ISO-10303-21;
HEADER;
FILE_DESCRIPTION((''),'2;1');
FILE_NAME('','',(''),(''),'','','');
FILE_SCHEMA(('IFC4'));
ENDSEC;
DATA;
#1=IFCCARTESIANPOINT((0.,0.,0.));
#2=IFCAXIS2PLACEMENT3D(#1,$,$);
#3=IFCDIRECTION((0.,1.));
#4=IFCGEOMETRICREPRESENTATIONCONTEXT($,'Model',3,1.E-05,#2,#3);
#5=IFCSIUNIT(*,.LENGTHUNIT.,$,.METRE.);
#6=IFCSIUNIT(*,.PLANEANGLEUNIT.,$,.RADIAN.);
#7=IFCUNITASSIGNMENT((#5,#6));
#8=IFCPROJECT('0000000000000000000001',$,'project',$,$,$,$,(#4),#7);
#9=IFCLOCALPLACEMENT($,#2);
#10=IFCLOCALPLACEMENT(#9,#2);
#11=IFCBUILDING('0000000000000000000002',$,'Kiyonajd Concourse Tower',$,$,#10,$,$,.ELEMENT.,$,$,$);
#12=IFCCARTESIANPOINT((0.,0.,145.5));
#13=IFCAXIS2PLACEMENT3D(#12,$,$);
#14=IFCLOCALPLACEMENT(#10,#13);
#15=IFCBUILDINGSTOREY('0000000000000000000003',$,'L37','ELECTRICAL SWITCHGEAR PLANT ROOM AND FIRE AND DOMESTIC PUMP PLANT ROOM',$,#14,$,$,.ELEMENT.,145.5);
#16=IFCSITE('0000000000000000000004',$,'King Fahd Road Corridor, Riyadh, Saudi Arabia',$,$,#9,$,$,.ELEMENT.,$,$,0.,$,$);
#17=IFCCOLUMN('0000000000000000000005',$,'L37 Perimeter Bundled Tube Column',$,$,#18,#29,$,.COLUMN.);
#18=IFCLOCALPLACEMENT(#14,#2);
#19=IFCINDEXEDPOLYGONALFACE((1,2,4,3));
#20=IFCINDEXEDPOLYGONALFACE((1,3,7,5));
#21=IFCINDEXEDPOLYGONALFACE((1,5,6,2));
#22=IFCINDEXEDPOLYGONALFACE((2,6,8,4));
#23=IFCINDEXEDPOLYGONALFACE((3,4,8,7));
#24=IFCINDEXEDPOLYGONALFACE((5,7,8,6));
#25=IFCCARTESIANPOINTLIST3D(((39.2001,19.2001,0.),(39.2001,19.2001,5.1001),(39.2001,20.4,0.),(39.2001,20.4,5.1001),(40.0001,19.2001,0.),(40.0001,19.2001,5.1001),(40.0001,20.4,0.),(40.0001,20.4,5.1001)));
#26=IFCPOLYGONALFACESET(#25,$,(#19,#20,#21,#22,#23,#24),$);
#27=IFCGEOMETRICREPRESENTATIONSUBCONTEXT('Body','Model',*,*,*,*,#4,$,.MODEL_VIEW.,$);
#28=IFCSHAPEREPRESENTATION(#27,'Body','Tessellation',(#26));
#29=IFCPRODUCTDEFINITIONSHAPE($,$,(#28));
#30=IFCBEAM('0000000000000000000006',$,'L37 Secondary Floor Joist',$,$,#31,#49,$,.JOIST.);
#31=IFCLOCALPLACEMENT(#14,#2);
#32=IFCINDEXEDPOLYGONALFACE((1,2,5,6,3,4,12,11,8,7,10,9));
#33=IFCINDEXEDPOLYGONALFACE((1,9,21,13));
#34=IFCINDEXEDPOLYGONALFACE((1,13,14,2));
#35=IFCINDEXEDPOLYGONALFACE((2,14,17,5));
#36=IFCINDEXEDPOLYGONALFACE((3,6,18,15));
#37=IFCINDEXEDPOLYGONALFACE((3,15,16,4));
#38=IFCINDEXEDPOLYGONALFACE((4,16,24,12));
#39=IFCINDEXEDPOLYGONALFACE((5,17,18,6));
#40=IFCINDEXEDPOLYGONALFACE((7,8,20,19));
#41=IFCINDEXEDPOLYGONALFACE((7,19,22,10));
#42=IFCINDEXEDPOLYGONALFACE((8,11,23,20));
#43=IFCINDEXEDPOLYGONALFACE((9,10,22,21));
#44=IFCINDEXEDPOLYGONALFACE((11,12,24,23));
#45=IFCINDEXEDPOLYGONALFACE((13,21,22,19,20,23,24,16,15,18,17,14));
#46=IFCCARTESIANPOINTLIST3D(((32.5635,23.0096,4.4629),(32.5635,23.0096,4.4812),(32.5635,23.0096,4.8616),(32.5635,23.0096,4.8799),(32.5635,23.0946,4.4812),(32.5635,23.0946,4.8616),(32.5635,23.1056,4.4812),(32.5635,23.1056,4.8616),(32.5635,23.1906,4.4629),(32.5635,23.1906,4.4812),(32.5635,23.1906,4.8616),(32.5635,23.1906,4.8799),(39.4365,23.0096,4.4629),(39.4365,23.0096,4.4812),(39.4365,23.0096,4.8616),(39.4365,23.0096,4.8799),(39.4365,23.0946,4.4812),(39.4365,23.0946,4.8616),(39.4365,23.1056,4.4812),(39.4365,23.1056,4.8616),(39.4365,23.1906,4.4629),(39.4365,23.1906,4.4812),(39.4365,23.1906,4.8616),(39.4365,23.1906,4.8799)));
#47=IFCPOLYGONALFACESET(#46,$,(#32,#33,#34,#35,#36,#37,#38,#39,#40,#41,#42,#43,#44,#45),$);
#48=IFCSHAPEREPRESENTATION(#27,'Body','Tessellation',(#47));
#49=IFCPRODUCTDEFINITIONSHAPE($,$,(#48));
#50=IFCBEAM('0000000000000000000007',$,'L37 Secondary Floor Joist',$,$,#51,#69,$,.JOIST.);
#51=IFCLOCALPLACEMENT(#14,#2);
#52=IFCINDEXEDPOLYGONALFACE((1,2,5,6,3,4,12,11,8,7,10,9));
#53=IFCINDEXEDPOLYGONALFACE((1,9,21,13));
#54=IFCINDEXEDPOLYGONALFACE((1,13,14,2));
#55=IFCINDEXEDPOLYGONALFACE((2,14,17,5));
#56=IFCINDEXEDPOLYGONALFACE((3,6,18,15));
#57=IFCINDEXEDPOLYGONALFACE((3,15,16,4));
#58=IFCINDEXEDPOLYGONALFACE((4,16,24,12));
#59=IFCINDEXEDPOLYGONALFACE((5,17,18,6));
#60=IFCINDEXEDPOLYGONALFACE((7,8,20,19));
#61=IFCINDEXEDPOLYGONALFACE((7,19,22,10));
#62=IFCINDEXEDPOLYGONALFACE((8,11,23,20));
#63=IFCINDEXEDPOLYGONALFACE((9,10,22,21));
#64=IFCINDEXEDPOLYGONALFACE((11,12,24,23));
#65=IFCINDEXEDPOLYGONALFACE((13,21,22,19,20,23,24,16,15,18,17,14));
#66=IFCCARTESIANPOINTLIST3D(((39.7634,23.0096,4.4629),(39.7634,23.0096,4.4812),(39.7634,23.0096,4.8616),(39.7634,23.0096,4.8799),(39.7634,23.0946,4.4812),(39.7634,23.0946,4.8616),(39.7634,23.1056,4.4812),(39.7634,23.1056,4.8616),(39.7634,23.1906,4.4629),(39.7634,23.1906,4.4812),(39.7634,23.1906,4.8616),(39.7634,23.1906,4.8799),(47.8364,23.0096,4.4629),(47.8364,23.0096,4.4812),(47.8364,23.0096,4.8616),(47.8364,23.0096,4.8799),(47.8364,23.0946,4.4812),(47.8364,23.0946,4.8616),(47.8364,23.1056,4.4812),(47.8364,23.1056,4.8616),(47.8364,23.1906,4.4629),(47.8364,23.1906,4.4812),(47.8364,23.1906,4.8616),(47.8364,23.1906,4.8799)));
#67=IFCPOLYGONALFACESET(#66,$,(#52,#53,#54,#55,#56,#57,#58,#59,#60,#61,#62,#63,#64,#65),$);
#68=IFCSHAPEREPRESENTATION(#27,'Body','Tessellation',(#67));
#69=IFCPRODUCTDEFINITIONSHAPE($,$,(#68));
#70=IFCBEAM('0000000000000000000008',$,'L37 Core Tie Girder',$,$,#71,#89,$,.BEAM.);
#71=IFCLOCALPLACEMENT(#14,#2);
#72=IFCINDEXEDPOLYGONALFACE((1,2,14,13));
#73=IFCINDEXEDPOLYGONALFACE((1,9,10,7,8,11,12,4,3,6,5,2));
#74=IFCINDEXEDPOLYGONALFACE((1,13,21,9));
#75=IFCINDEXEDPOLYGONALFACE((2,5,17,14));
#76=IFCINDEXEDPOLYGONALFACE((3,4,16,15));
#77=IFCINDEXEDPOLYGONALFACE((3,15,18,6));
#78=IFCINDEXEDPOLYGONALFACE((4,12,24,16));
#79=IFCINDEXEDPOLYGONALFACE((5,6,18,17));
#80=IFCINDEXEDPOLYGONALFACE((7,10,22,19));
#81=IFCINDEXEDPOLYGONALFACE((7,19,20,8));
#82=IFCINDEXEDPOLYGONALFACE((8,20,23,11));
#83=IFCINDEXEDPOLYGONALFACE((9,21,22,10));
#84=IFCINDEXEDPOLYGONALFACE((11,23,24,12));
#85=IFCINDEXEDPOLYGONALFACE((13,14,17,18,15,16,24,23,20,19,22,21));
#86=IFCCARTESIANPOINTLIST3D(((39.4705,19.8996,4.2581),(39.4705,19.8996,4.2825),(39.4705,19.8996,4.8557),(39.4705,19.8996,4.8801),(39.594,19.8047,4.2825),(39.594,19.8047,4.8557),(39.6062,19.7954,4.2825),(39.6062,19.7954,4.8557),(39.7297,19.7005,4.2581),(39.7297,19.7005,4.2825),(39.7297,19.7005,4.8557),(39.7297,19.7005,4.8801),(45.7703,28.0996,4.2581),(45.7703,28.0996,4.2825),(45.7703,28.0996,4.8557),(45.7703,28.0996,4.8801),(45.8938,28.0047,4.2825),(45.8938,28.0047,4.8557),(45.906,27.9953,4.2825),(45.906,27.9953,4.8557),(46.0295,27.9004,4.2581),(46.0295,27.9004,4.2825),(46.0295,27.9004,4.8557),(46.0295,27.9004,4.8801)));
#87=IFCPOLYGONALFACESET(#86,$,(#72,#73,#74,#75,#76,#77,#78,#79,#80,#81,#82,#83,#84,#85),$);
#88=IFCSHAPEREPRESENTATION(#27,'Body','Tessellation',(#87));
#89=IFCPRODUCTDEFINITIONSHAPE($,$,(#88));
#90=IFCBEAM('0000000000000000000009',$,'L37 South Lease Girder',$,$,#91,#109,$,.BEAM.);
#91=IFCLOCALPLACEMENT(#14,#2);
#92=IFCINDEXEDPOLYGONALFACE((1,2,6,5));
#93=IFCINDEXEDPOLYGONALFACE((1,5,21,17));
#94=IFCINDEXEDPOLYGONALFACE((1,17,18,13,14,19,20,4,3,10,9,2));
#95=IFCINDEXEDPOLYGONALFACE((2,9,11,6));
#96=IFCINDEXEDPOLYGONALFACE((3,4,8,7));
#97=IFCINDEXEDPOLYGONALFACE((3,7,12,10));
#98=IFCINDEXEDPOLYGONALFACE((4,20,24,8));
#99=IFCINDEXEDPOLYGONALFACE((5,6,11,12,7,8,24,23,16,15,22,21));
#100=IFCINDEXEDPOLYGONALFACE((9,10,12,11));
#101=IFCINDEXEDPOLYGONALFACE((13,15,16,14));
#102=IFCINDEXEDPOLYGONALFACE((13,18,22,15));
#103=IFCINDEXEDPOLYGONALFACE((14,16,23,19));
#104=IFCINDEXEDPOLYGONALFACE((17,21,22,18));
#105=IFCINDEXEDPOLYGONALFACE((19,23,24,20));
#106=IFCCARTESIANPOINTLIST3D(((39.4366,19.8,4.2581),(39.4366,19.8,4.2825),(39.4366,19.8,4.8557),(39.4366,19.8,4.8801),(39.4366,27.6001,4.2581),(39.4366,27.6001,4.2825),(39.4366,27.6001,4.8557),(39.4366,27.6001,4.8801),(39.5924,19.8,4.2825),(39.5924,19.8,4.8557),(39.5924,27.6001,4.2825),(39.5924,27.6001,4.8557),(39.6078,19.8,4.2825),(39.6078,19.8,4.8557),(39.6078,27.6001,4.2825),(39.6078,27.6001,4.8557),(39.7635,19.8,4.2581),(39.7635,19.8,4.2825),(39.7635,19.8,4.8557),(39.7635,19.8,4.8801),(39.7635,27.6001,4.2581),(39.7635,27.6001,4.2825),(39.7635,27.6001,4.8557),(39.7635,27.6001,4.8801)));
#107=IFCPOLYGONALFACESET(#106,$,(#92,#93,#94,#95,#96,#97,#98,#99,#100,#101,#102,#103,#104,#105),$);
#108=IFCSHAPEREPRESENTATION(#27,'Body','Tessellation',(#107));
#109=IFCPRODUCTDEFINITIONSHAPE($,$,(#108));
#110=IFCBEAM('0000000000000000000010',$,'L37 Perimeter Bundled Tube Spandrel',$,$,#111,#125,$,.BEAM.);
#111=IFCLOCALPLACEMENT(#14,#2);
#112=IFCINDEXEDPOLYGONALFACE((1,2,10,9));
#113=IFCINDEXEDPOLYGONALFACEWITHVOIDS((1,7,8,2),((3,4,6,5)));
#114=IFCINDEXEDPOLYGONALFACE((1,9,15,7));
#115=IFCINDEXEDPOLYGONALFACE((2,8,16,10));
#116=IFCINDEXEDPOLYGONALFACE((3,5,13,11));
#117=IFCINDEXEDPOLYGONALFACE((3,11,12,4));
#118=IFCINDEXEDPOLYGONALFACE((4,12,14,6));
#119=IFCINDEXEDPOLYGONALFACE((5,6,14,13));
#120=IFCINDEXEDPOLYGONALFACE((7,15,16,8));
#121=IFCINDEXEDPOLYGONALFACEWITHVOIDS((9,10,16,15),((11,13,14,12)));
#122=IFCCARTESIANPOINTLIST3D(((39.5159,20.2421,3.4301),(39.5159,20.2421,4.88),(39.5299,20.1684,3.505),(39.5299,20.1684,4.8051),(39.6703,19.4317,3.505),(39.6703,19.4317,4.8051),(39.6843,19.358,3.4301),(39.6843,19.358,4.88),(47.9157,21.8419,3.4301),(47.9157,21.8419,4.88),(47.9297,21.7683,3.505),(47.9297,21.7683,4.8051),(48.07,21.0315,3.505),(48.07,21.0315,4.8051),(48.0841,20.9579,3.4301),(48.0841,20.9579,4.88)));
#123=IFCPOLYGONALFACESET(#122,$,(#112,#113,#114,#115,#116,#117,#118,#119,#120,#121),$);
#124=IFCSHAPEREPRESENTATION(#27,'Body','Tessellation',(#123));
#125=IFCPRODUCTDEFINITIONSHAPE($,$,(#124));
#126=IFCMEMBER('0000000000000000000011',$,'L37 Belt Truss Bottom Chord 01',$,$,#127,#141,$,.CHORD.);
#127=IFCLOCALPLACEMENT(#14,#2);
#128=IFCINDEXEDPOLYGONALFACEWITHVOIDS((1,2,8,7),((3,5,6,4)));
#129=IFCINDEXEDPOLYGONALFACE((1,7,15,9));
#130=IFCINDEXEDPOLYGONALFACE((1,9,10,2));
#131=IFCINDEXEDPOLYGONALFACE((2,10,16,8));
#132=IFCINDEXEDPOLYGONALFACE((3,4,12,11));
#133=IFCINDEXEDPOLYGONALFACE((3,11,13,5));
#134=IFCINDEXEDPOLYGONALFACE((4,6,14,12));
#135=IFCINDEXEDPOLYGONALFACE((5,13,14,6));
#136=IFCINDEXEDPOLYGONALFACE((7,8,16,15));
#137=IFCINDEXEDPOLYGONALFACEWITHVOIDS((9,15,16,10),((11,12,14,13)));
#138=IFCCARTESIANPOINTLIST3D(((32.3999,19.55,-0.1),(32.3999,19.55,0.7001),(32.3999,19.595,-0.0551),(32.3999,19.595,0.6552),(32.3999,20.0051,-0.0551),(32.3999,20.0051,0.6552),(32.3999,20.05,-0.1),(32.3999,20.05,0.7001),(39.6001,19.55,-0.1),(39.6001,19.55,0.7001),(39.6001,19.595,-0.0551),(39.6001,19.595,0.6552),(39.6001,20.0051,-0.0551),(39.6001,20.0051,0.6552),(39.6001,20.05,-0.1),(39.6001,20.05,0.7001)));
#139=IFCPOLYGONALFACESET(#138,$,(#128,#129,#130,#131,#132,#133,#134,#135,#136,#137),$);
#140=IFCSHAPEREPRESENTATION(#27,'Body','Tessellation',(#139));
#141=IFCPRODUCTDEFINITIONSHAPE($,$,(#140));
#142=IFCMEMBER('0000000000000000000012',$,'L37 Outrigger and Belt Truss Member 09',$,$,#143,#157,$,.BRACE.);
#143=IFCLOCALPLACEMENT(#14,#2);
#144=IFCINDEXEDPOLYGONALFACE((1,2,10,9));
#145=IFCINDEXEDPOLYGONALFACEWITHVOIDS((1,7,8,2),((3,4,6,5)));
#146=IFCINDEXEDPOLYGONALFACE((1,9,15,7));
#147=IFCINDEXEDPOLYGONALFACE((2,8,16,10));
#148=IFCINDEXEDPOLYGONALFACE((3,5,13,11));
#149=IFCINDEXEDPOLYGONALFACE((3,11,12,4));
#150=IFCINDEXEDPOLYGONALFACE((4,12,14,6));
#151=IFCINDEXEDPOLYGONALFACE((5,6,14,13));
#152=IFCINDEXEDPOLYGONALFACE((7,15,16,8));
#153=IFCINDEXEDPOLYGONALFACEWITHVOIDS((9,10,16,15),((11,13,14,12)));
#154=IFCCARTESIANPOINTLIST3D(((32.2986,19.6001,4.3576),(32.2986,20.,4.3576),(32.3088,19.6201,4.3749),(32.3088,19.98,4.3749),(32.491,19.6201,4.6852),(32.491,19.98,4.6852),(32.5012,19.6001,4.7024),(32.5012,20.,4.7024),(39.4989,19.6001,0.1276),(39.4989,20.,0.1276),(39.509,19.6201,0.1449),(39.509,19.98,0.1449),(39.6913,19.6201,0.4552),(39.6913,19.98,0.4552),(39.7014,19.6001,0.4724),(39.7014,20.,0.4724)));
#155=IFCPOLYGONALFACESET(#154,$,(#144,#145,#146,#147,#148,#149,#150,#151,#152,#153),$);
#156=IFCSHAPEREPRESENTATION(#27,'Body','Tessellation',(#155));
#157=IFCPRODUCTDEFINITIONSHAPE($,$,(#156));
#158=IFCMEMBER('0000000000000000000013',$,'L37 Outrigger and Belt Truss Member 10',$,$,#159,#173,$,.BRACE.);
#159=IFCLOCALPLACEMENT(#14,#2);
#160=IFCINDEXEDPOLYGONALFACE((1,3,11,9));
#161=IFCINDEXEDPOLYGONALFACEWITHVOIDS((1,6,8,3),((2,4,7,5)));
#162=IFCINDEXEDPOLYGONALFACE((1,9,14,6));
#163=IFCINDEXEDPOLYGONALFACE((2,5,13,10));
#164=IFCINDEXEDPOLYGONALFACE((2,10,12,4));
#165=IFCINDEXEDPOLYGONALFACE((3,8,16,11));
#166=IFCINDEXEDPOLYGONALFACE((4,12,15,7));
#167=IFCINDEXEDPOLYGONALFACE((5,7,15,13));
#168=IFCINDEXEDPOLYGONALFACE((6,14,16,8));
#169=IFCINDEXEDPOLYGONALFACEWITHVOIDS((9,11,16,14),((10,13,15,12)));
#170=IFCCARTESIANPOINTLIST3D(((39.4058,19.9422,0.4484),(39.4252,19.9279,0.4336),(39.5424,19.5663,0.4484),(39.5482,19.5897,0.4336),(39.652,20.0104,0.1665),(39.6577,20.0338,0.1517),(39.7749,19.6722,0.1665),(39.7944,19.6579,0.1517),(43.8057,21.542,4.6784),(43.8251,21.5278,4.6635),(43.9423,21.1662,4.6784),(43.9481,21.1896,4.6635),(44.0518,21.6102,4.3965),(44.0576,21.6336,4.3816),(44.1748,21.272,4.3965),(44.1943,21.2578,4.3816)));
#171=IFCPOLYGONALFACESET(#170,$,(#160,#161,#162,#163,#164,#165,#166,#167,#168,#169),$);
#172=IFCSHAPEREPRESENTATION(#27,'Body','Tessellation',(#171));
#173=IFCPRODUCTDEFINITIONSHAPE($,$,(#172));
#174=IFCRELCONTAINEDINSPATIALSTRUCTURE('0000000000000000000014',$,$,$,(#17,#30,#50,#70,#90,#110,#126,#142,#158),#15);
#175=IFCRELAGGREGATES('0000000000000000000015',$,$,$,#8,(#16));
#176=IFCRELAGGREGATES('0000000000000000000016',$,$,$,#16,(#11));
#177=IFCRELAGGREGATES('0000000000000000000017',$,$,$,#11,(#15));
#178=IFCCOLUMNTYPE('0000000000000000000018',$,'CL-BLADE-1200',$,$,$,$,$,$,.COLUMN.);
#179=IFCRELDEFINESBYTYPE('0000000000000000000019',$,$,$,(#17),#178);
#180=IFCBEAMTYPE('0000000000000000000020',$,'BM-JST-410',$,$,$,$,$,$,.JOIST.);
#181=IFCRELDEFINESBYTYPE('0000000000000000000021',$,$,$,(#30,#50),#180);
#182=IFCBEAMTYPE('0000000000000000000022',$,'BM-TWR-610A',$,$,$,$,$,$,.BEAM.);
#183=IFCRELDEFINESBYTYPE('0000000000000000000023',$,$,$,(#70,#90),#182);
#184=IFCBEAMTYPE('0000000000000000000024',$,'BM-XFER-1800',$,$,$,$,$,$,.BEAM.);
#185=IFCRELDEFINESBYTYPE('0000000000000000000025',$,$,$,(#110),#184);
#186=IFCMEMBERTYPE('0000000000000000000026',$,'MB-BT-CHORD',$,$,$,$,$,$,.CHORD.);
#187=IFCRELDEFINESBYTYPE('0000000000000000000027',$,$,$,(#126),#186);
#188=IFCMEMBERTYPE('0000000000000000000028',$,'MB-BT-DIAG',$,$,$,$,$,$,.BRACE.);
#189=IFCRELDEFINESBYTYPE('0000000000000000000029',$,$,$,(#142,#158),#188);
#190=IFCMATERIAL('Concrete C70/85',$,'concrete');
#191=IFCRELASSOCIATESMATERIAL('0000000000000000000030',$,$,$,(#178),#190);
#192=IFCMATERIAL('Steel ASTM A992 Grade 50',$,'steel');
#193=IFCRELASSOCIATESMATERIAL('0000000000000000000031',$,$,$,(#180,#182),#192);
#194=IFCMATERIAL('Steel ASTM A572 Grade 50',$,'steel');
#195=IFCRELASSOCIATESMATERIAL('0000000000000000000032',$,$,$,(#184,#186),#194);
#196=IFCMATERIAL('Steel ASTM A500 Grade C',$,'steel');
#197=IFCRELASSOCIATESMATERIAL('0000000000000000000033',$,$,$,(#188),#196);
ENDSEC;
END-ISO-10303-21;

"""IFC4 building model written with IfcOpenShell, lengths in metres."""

from ifc_helpers import new_model, si_unit, direction, frame, origin, origin_2d, place, context, subcontext, project, spatial, rectangle, hollow_rectangle, i_section, extrude, material, material_profile, profile_set, type_object, element, save


model = new_model("IFC4")

# Units and contexts
model_context = context("Model", 3, precision=1e-05, world=origin(), true_north=direction((0.0, 1.0)))
body_context = subcontext(model_context, "Body", "Model", "MODEL_VIEW")
ifc_project = project(units=[si_unit("LENGTHUNIT", "METRE"), si_unit("PLANEANGLEUNIT", "RADIAN")], contexts=[model_context])

# Site, building, storey
site_placement = place(None, origin())
site = spatial("IfcSite", under=ifc_project, at=site_placement, Name="King Fahd Road Corridor, Riyadh, Saudi Arabia", CompositionType="ELEMENT", RefElevation=0.0)
building_placement = place(site_placement, origin())
building = spatial("IfcBuilding", under=site, at=building_placement, Name="Kiyonajd Concourse Tower", CompositionType="ELEMENT")
storey_placement = place(building_placement, frame((0.0, 0.0, 145.5)))
storey = spatial("IfcBuildingStorey", under=building, at=storey_placement, Name="L37", Description="ELECTRICAL SWITCHGEAR PLANT ROOM AND FIRE AND DOMESTIC PUMP PLANT ROOM", CompositionType="ELEMENT", Elevation=145.5)

# Column
ifc_material_1 = material(Name="Concrete C70/85", Category="concrete")
ifc_material_profile_1 = material_profile(ifc_material_1, rectangle(XDim=0.8, YDim=1.2, at=origin_2d()), Name="RC-1200x800")
ifc_profile_set_1 = profile_set([ifc_material_profile_1], Name="Concrete C70/85")
column_type = type_object("IfcColumnType", Name="CL-BLADE-1200", PredefinedType="COLUMN", material=ifc_profile_set_1)
column_placement = place(storey_placement, frame((39.6001, 19.8, 0.0), z_axis=(0.0, 0.0, 1.0), x_axis=(1.0, 0.0, 0.0)))
element("IfcColumn", 1, at=column_placement, inside=storey, type_object=column_type, Name="L37 Perimeter Bundled Tube Column", PredefinedType="COLUMN", context=body_context, shape_type="SweptSolid", body=[
    extrude(rectangle(XDim=0.8, YDim=1.2, at=origin_2d()), origin(), (0.0, 0.0, 1.0), 5.1001),
])

# Beams
ifc_material_2 = material(Name="Steel ASTM A992 Grade 50", Category="steel")
ifc_material_profile_2 = material_profile(ifc_material_2, i_section(OverallWidth=0.1809, OverallDepth=0.417, WebThickness=0.011, FlangeThickness=0.0183, at=origin_2d()), Name="W410X85")
ifc_profile_set_2 = profile_set([ifc_material_profile_2], Name="Steel ASTM A992 Grade 50")
beam_type_1 = type_object("IfcBeamType", Name="BM-JST-410", PredefinedType="JOIST", material=ifc_profile_set_2)
beam_1_placement = place(storey_placement, frame((32.5635, 23.1001, 4.6714), z_axis=(1.0, 0.0, 0.0), x_axis=(0.0, 1.0, 0.0)))
element("IfcBeam", 2, at=beam_1_placement, inside=storey, type_object=beam_type_1, Name="L37 Secondary Floor Joist", PredefinedType="JOIST", context=body_context, shape_type="SweptSolid", body=[
    extrude(i_section(OverallWidth=0.1809, OverallDepth=0.417, WebThickness=0.011, FlangeThickness=0.0183, at=origin_2d()), origin(), (0.0, 0.0, 1.0), 6.873),
])
beam_2_placement = place(storey_placement, frame((39.7634, 23.1001, 4.6714), z_axis=(1.0, 0.0, 0.0), x_axis=(0.0, 1.0, 0.0)))
element("IfcBeam", 3, at=beam_2_placement, inside=storey, type_object=beam_type_1, Name="L37 Secondary Floor Joist", PredefinedType="JOIST", context=body_context, shape_type="SweptSolid", body=[
    extrude(i_section(OverallWidth=0.1809, OverallDepth=0.417, WebThickness=0.011, FlangeThickness=0.0183, at=origin_2d()), origin(), (0.0, 0.0, 1.0), 8.073),
])
ifc_material_profile_3 = material_profile(ifc_material_2, i_section(OverallWidth=0.3269, OverallDepth=0.6221, WebThickness=0.0154, FlangeThickness=0.0244, at=origin_2d()), Name="W610X195")
ifc_profile_set_3 = profile_set([ifc_material_profile_3], Name="Steel ASTM A992 Grade 50")
beam_type_2 = type_object("IfcBeamType", Name="BM-TWR-610A", PredefinedType="BEAM", material=ifc_profile_set_3)
beam_3_placement = place(storey_placement, frame((39.6001, 19.8, 4.5691), z_axis=(0.609234, 0.792991, 0.0), x_axis=(-0.792991, 0.609234, 0.0)))
element("IfcBeam", 4, at=beam_3_placement, inside=storey, type_object=beam_type_2, Name="L37 Core Tie Girder", PredefinedType="BEAM", context=body_context, shape_type="SweptSolid", body=[
    extrude(i_section(OverallWidth=0.3269, OverallDepth=0.6221, WebThickness=0.0154, FlangeThickness=0.0244, at=origin_2d()), origin(), (0.0, 0.0, 1.0), 10.3406),
])
beam_4_placement = place(storey_placement, frame((39.6001, 19.8, 4.5691), z_axis=(0.0, 1.0, 0.0), x_axis=(-1.0, 0.0, 0.0)))
element("IfcBeam", 5, at=beam_4_placement, inside=storey, type_object=beam_type_2, Name="L37 South Lease Girder", PredefinedType="BEAM", context=body_context, shape_type="SweptSolid", body=[
    extrude(i_section(OverallWidth=0.3269, OverallDepth=0.6221, WebThickness=0.0154, FlangeThickness=0.0244, at=origin_2d()), origin(), (0.0, 0.0, 1.0), 7.8),
])
ifc_material_3 = material(Name="Steel ASTM A572 Grade 50", Category="steel")
ifc_material_profile_4 = material_profile(ifc_material_3, hollow_rectangle(XDim=0.8999, YDim=1.45, WallThickness=0.075, at=origin_2d()), Name="BOX-1450x900x75")
ifc_profile_set_4 = profile_set([ifc_material_profile_4], Name="Steel ASTM A572 Grade 50")
beam_type_3 = type_object("IfcBeamType", Name="BM-XFER-1800", PredefinedType="BEAM", material=ifc_profile_set_4)
beam_5_placement = place(storey_placement, frame((39.6001, 19.8, 4.155), z_axis=(0.982341, 0.187098, 0.0), x_axis=(-0.187098, 0.982341, 0.0)))
element("IfcBeam", 6, at=beam_5_placement, inside=storey, type_object=beam_type_3, Name="L37 Perimeter Bundled Tube Spandrel", PredefinedType="BEAM", context=body_context, shape_type="SweptSolid", body=[
    extrude(hollow_rectangle(XDim=0.8999, YDim=1.45, WallThickness=0.075, at=origin_2d()), origin(), (0.0, 0.0, 1.0), 8.5508),
])

# Members
ifc_material_profile_5 = material_profile(ifc_material_3, hollow_rectangle(XDim=0.5, YDim=0.8, WallThickness=0.0449, at=origin_2d()), Name="BOX-800x500x45")
ifc_profile_set_5 = profile_set([ifc_material_profile_5], Name="Steel ASTM A572 Grade 50")
member_type_1 = type_object("IfcMemberType", Name="MB-BT-CHORD", PredefinedType="CHORD", material=ifc_profile_set_5)
member_1_placement = place(storey_placement, frame((32.3999, 19.8, 0.3), z_axis=(1.0, 0.0, 0.0), x_axis=(0.0, 1.0, 0.0)))
element("IfcMember", 7, at=member_1_placement, inside=storey, type_object=member_type_1, Name="L37 Belt Truss Bottom Chord 01", PredefinedType="CHORD", context=body_context, shape_type="SweptSolid", body=[
    extrude(hollow_rectangle(XDim=0.5, YDim=0.8, WallThickness=0.0449, at=origin_2d()), origin(), (0.0, 0.0, 1.0), 7.2002),
])
ifc_material_4 = material(Name="Steel ASTM A500 Grade C", Category="steel")
ifc_material_profile_6 = material_profile(ifc_material_4, hollow_rectangle(XDim=0.3999, YDim=0.3999, WallThickness=0.02, at=origin_2d()), Name="HSS-400x400x20")
ifc_profile_set_6 = profile_set([ifc_material_profile_6], Name="Steel ASTM A500 Grade C")
member_type_2 = type_object("IfcMemberType", Name="MB-BT-DIAG", PredefinedType="BRACE", material=ifc_profile_set_6)
member_2_placement = place(storey_placement, frame((32.3999, 19.8, 4.53), z_axis=(0.862218, 0.0, -0.506537), x_axis=(0.0, 1.0, 0.0)))
element("IfcMember", 8, at=member_2_placement, inside=storey, type_object=member_type_2, Name="L37 Outrigger and Belt Truss Member 09", PredefinedType="BRACE", context=body_context, shape_type="SweptSolid", body=[
    extrude(hollow_rectangle(XDim=0.3999, YDim=0.3999, WallThickness=0.02, at=origin_2d()), origin(), (0.0, 0.0, 1.0), 8.3508),
])
member_3_placement = place(storey_placement, frame((39.6001, 19.8, 0.3), z_axis=(0.697331, 0.253557, 0.670401), x_axis=(-0.341722, 0.939801, 0.0)))
element("IfcMember", 9, at=member_3_placement, inside=storey, type_object=member_type_2, Name="L37 Outrigger and Belt Truss Member 10", PredefinedType="BRACE", context=body_context, shape_type="SweptSolid", body=[
    extrude(hollow_rectangle(XDim=0.3999, YDim=0.3999, WallThickness=0.02, at=origin_2d()), origin(), (0.0, 0.0, 1.0), 6.3096),
])

save(model, "model.ifc")
